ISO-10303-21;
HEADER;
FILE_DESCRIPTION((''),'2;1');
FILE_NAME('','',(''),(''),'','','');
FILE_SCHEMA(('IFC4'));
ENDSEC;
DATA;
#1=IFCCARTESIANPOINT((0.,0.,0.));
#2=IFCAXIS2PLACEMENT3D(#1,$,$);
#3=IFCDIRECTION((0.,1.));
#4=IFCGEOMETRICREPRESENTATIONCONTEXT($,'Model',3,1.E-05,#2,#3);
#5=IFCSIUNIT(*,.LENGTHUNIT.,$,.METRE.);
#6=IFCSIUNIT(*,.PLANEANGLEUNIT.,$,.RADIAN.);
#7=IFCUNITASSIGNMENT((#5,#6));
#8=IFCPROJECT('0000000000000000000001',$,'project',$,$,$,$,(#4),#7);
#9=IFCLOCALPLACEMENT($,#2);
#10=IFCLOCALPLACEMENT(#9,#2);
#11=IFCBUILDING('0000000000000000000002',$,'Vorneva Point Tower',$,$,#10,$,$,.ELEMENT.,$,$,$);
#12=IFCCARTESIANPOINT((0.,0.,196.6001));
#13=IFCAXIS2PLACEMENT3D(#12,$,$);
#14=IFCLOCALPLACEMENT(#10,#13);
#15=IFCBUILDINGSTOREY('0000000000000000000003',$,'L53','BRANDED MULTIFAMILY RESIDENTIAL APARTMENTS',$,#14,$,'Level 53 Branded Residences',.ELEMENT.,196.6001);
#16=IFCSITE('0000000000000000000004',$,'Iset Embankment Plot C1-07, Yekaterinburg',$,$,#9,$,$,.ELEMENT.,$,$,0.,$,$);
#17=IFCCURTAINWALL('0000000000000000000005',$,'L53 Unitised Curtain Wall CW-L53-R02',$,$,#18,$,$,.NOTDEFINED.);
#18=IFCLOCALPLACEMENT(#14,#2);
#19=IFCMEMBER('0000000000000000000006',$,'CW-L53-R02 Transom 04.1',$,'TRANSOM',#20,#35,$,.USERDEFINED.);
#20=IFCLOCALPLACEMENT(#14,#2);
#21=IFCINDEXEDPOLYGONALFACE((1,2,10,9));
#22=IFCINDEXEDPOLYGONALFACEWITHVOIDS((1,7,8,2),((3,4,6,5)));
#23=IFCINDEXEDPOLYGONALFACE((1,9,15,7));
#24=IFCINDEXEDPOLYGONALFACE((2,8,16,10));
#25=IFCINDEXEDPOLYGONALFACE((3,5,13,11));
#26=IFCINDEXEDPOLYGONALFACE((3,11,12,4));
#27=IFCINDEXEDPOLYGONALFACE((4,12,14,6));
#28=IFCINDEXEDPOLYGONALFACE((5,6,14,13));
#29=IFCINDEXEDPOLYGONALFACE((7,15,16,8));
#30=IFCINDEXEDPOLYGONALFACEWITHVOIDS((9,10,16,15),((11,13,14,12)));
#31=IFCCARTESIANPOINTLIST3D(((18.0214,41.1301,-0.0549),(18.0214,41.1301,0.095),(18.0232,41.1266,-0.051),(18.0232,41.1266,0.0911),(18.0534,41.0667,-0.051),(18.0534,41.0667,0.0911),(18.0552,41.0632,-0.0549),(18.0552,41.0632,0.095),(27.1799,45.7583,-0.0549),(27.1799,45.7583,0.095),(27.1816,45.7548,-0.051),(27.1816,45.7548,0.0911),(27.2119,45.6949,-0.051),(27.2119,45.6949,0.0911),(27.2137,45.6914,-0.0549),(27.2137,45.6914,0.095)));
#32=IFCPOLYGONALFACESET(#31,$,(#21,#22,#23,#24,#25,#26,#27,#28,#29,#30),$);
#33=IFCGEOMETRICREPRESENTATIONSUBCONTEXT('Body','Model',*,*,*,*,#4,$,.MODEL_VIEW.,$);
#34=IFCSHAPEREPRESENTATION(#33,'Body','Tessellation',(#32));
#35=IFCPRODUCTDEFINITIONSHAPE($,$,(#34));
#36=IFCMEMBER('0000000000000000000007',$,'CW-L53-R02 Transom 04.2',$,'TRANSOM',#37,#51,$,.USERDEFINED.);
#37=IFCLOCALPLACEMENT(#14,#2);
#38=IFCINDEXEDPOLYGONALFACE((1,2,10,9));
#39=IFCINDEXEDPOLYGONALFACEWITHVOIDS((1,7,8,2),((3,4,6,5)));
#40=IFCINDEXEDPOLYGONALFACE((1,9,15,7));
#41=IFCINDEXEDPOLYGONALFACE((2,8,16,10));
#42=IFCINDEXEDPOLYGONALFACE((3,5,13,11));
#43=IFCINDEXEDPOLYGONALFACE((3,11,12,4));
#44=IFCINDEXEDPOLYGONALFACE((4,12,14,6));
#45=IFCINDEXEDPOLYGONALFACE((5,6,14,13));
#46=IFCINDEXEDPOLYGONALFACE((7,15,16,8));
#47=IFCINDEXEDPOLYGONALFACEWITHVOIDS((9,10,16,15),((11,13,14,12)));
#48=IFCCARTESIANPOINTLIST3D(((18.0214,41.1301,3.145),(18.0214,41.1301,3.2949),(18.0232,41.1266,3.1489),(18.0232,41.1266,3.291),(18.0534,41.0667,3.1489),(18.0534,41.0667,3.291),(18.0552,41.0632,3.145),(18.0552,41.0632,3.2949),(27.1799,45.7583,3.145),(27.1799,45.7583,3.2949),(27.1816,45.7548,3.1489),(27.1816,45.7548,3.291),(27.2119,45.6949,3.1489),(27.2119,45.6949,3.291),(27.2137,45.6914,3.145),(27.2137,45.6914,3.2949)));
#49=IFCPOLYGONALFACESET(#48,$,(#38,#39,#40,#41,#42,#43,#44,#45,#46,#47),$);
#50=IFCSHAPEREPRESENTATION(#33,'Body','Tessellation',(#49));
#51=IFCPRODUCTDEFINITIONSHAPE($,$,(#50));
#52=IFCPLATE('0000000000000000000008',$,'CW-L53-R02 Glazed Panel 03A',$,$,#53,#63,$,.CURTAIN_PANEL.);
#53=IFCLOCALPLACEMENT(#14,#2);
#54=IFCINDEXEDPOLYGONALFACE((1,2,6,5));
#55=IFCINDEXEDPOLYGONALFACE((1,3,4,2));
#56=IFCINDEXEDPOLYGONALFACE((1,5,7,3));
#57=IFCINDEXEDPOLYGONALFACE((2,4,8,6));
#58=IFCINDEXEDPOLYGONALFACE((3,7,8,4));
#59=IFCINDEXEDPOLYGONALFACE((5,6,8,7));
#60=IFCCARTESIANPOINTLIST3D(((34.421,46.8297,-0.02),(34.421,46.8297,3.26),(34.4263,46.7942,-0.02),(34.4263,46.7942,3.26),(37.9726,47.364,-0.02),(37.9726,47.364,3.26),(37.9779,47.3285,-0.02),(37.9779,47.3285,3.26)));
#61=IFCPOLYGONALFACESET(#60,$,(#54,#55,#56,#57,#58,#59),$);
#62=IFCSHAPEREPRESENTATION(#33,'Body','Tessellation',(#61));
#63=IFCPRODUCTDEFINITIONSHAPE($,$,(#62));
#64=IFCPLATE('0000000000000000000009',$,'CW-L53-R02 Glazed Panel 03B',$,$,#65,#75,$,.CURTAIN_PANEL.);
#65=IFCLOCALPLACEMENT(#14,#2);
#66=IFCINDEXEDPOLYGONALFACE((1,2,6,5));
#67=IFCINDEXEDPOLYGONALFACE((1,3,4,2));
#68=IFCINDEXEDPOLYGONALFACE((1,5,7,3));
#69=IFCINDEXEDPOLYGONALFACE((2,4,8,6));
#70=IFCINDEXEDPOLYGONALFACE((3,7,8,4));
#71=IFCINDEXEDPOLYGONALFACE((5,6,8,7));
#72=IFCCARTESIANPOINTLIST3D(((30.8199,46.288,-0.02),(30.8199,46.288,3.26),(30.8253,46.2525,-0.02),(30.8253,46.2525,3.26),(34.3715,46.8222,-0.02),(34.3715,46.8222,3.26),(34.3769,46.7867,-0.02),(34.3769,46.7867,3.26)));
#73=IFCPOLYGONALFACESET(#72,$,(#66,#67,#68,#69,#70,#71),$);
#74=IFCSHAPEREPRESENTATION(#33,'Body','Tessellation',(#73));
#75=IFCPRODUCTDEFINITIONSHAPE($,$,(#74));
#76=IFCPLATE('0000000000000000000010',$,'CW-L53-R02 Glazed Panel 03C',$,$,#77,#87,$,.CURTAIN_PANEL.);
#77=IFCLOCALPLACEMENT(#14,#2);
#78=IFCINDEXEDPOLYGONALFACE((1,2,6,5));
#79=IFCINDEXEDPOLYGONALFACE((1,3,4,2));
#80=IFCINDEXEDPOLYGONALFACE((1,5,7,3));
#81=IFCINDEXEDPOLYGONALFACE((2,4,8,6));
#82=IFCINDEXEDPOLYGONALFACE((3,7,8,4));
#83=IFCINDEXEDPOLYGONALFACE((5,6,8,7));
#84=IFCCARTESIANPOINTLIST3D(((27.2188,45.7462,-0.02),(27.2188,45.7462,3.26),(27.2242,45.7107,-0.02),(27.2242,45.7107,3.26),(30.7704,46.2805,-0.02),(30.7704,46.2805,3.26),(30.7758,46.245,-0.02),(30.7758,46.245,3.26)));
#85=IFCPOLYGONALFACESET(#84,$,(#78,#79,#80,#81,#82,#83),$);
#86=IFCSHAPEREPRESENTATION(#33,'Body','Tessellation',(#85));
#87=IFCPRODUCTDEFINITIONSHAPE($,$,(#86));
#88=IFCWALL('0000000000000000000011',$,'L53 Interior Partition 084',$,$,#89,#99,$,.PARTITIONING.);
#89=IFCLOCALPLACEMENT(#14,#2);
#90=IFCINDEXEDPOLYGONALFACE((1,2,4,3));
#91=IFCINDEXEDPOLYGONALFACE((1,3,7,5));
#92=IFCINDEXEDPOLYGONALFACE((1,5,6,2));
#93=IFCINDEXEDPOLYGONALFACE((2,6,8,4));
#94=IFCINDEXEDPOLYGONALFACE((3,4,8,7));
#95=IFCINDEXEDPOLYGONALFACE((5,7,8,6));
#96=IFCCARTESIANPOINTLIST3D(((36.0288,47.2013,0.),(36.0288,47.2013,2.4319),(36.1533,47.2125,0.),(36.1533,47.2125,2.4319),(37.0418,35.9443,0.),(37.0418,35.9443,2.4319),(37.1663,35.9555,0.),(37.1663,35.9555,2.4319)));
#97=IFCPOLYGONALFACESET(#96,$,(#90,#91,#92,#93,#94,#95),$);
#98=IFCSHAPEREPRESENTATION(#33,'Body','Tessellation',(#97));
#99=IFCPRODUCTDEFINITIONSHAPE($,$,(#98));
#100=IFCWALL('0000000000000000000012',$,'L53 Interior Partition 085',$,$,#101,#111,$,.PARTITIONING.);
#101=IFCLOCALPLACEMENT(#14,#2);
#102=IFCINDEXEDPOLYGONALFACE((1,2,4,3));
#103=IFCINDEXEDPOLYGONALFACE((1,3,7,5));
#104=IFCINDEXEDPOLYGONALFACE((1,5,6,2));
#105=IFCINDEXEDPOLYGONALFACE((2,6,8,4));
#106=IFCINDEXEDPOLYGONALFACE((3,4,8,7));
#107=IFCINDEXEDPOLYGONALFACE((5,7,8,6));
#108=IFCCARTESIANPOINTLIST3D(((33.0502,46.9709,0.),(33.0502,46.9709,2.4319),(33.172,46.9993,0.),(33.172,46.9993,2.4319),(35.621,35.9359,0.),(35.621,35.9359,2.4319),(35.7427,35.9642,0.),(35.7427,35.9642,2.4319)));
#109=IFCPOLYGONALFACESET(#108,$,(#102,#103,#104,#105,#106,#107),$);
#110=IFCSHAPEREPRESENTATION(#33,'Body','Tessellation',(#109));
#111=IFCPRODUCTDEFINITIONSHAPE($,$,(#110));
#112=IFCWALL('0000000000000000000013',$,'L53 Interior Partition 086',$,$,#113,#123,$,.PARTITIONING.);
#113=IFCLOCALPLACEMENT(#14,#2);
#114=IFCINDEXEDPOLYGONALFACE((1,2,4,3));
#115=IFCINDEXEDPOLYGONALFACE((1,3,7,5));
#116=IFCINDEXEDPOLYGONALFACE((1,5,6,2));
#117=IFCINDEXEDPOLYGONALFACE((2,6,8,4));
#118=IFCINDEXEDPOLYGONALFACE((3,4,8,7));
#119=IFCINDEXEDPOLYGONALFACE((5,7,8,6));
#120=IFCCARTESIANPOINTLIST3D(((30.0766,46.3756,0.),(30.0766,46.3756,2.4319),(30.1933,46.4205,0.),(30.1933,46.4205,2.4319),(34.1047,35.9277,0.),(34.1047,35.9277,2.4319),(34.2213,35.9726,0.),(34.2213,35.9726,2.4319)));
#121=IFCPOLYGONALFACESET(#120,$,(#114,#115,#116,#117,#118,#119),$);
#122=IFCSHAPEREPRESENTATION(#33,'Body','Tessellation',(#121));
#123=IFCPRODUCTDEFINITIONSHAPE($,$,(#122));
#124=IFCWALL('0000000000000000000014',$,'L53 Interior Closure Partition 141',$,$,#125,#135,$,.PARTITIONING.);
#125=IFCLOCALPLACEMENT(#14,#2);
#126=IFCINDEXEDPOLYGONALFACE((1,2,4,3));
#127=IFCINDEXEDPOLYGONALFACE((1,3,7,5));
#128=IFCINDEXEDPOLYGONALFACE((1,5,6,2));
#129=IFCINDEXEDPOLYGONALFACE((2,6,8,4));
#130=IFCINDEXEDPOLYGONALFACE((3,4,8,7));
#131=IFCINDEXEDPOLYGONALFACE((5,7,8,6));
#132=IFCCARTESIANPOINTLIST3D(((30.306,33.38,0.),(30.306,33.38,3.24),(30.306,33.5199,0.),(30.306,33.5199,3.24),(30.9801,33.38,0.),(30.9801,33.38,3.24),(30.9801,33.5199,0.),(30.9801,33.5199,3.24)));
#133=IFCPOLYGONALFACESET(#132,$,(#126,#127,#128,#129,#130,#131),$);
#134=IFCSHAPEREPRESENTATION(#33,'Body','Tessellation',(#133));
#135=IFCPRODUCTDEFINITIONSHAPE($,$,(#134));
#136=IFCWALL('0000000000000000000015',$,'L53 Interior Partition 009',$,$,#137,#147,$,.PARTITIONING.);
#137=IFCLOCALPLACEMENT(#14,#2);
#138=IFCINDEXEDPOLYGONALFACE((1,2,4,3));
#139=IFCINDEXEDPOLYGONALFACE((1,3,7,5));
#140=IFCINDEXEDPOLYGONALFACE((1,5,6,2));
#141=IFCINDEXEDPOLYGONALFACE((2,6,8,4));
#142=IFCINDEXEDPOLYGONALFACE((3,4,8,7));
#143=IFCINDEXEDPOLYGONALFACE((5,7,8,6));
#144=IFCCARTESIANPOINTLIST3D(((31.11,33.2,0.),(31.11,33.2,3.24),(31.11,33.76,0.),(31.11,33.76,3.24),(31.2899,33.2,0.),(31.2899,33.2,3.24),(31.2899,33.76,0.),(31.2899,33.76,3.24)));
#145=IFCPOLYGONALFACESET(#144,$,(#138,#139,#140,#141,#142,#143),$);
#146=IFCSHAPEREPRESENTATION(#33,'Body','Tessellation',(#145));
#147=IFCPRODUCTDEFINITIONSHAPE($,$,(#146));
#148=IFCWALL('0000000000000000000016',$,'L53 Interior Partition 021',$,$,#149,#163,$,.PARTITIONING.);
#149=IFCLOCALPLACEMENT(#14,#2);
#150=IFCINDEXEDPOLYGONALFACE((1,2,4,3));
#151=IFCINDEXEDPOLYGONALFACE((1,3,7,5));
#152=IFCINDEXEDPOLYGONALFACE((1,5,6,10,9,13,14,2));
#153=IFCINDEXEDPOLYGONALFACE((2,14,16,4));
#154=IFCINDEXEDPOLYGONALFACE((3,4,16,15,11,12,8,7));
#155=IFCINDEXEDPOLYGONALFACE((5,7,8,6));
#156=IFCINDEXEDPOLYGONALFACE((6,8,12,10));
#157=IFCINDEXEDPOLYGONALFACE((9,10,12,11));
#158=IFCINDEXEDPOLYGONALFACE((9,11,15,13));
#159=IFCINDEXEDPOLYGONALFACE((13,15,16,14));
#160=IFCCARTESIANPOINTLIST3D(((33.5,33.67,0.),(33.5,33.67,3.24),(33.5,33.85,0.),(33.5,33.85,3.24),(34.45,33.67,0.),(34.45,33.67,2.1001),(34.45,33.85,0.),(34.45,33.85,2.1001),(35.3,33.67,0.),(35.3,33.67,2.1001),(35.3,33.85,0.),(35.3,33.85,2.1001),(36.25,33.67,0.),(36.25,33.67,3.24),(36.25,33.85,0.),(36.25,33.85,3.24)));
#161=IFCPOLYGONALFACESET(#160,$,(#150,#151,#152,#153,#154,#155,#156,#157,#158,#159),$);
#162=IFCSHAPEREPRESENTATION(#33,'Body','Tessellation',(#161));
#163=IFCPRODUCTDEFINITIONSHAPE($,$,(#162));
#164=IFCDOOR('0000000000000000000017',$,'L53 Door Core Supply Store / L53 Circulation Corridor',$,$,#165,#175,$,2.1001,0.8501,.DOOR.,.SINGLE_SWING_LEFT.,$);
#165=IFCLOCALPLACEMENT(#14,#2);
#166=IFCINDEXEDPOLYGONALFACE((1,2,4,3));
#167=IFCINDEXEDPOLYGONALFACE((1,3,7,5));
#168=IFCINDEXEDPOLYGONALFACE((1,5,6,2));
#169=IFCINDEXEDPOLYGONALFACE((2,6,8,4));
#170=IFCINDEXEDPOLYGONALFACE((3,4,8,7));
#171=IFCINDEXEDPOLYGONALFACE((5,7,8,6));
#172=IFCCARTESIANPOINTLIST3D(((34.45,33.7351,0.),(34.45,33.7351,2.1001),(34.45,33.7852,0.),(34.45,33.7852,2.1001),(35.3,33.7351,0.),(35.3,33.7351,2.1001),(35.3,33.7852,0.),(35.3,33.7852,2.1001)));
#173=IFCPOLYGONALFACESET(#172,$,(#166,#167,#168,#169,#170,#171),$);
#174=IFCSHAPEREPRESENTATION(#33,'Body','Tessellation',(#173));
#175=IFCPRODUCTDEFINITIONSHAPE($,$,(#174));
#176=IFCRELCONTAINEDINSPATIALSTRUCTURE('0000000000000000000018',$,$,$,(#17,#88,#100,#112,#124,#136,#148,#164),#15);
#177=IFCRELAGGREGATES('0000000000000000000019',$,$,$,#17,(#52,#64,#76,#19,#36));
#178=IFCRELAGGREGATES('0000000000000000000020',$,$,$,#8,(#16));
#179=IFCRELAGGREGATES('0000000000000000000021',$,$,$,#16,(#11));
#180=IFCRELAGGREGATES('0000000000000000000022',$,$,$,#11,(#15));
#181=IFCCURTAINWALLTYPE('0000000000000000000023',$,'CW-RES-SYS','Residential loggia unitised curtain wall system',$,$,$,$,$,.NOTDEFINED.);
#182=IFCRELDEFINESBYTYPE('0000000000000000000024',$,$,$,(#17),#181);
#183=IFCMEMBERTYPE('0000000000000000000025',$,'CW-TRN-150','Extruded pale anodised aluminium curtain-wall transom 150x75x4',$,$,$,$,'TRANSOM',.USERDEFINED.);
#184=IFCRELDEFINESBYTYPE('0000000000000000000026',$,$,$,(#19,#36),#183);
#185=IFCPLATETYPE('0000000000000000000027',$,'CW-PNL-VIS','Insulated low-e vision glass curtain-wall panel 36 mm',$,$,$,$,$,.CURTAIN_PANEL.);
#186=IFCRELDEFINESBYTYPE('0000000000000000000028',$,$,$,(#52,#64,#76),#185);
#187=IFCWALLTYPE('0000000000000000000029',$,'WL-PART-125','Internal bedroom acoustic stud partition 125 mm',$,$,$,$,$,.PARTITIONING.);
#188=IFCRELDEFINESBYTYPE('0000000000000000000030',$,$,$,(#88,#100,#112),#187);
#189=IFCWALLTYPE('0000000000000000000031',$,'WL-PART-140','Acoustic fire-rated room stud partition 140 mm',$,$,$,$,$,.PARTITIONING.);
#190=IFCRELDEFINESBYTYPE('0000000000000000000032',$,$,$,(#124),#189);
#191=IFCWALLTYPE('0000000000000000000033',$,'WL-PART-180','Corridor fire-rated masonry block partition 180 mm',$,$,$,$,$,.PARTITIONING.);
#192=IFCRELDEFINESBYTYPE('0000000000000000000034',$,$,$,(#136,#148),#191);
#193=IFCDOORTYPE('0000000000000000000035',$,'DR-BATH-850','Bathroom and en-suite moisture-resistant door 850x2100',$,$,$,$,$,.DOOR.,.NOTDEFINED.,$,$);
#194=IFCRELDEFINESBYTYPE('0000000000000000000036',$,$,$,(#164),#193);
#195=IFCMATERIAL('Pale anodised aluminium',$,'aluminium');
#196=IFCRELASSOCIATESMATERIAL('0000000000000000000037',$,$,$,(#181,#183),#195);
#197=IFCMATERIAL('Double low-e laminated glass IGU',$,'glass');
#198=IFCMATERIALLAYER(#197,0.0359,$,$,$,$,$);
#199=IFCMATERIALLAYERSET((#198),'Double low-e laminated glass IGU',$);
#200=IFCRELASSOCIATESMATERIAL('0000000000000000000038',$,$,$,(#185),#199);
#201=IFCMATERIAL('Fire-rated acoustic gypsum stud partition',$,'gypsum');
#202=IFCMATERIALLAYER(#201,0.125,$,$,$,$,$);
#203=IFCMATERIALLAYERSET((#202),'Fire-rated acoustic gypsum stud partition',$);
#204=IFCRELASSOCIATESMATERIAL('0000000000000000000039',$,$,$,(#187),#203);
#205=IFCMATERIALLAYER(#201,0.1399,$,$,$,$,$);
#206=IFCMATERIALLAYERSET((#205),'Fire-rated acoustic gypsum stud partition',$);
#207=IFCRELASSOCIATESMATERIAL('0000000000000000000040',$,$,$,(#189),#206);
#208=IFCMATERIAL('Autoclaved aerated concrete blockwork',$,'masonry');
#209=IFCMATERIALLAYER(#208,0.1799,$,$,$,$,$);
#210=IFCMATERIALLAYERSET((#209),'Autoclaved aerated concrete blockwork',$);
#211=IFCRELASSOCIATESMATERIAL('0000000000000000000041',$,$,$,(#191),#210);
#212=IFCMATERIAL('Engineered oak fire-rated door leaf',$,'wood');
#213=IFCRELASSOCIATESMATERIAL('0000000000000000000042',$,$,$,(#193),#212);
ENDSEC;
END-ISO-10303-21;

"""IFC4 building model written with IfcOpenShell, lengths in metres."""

from ifc_helpers import new_model, si_unit, direction, frame, frame_2d, origin, origin_2d, place, context, subcontext, project, spatial, rectangle, hollow_rectangle, extrude, material, layer, layer_set, material_profile, profile_set, type_object, element, fill, aggregate, save


model = new_model("IFC4")

# Units and contexts
model_context = context("Model", 3, precision=1e-05, world=origin(), true_north=direction((0.0, 1.0)))
body_context = subcontext(model_context, "Body", "Model", "MODEL_VIEW")
ifc_project = project(units=[si_unit("LENGTHUNIT", "METRE"), si_unit("PLANEANGLEUNIT", "RADIAN")], contexts=[model_context])

# Site, building, storey
site_placement = place(None, origin())
site = spatial("IfcSite", under=ifc_project, at=site_placement, Name="Iset Embankment Plot C1-07, Yekaterinburg", CompositionType="ELEMENT", RefElevation=0.0)
building_placement = place(site_placement, origin())
building = spatial("IfcBuilding", under=site, at=building_placement, Name="Vorneva Point Tower", CompositionType="ELEMENT")
storey_placement = place(building_placement, frame((0.0, 0.0, 196.6001)))
storey = spatial("IfcBuildingStorey", under=building, at=storey_placement, Name="L53", Description="BRANDED MULTIFAMILY RESIDENTIAL APARTMENTS", LongName="Level 53 Branded Residences", CompositionType="ELEMENT", Elevation=196.6001)

# Curtain wall, members, plates
ifc_material_1 = material(Name="Pale anodised aluminium", Category="aluminium")
curtain_wall_type = type_object("IfcCurtainWallType", Name="CW-RES-SYS", Description="Residential loggia unitised curtain wall system", PredefinedType="NOTDEFINED", material=ifc_material_1)
curtain_wall_placement = place(storey_placement, origin())
curtain_wall = element("IfcCurtainWall", 1, at=curtain_wall_placement, inside=storey, type_object=curtain_wall_type, Name="L53 Unitised Curtain Wall CW-L53-R02", PredefinedType="NOTDEFINED")
ifc_material_profile_1 = material_profile(ifc_material_1, hollow_rectangle(XDim=0.075, YDim=0.1499, WallThickness=0.0039, at=origin_2d()), Name="AL-TRN 150x75x4")
ifc_profile_set_1 = profile_set([ifc_material_profile_1], Name="Pale anodised aluminium")
member_type_1 = type_object("IfcMemberType", Name="CW-TRN-150", Description="Extruded pale anodised aluminium curtain-wall transom 150x75x4", ElementType="TRANSOM", PredefinedType="USERDEFINED", material=ifc_profile_set_1)
member_1_placement = place(storey_placement, frame((27.1968, 45.7249, 0.02), z_axis=(-0.892511, -0.451026, 0.0), x_axis=(0.451026, -0.892511, 0.0)))
member_1 = element("IfcMember", 2, at=member_1_placement, type_object=member_type_1, Name="CW-L53-R02 Transom 04.1", ObjectType="TRANSOM", PredefinedType="USERDEFINED", context=body_context, shape_type="SweptSolid", body=[
    extrude(hollow_rectangle(XDim=0.075, YDim=0.1499, WallThickness=0.0039, at=origin_2d()), origin(), (0.0, 0.0, 1.0), 10.2615),
])
member_2_placement = place(storey_placement, frame((27.1968, 45.7249, 3.22), z_axis=(-0.892511, -0.451026, 0.0), x_axis=(0.451026, -0.892511, 0.0)))
member_2 = element("IfcMember", 3, at=member_2_placement, type_object=member_type_1, Name="CW-L53-R02 Transom 04.2", ObjectType="TRANSOM", PredefinedType="USERDEFINED", context=body_context, shape_type="SweptSolid", body=[
    extrude(hollow_rectangle(XDim=0.075, YDim=0.1499, WallThickness=0.0039, at=origin_2d()), origin(), (0.0, 0.0, 1.0), 10.2615),
])
ifc_material_2 = material(Name="Double low-e laminated glass IGU", Category="glass")
ifc_layer_1 = layer(ifc_material_2, 0.0359)
ifc_layer_set_1 = layer_set([ifc_layer_1], Name="Double low-e laminated glass IGU")
plate_type = type_object("IfcPlateType", Name="CW-PNL-VIS", Description="Insulated low-e vision glass curtain-wall panel 36 mm", PredefinedType="CURTAIN_PANEL", material=ifc_layer_set_1)
plate_1_placement = place(storey_placement, frame((36.1995, 47.0791, -0.02), z_axis=(0.0, 0.0, 1.0), x_axis=(-0.988874, -0.148759, 0.0)))
plate_1 = element("IfcPlate", 4, at=plate_1_placement, type_object=plate_type, Name="CW-L53-R02 Glazed Panel 03A", PredefinedType="CURTAIN_PANEL", context=body_context, shape_type="SweptSolid", body=[
    extrude(rectangle(XDim=3.5916, YDim=0.0359, at=origin_2d()), origin(), (0.0, 0.0, 1.0), 3.28),
])
plate_2_placement = place(storey_placement, frame((32.5984, 46.5374, -0.02), z_axis=(0.0, 0.0, 1.0), x_axis=(-0.988874, -0.148759, 0.0)))
plate_2 = element("IfcPlate", 5, at=plate_2_placement, type_object=plate_type, Name="CW-L53-R02 Glazed Panel 03B", PredefinedType="CURTAIN_PANEL", context=body_context, shape_type="SweptSolid", body=[
    extrude(rectangle(XDim=3.5916, YDim=0.0359, at=origin_2d()), origin(), (0.0, 0.0, 1.0), 3.28),
])
plate_3_placement = place(storey_placement, frame((28.9973, 45.9956, -0.02), z_axis=(0.0, 0.0, 1.0), x_axis=(-0.988874, -0.148759, 0.0)))
plate_3 = element("IfcPlate", 6, at=plate_3_placement, type_object=plate_type, Name="CW-L53-R02 Glazed Panel 03C", PredefinedType="CURTAIN_PANEL", context=body_context, shape_type="SweptSolid", body=[
    extrude(rectangle(XDim=3.5916, YDim=0.0359, at=origin_2d()), origin(), (0.0, 0.0, 1.0), 3.28),
])
aggregate(curtain_wall, [plate_1, plate_2, plate_3, member_1, member_2])

# Walls
ifc_material_3 = material(Name="Fire-rated acoustic gypsum stud partition", Category="gypsum")
ifc_layer_2 = layer(ifc_material_3, 0.125)
ifc_layer_set_2 = layer_set([ifc_layer_2], Name="Fire-rated acoustic gypsum stud partition")
wall_type_1 = type_object("IfcWallType", Name="WL-PART-125", Description="Internal bedroom acoustic stud partition 125 mm", PredefinedType="PARTITIONING", material=ifc_layer_set_2)
wall_1_placement = place(storey_placement, frame((36.0911, 47.207, 0.0), z_axis=(0.0, 0.0, 1.0), x_axis=(0.08962, -0.995976, 0.0)))
element("IfcWall", 7, at=wall_1_placement, inside=storey, type_object=wall_type_1, Name="L53 Interior Partition 084", PredefinedType="PARTITIONING", context=body_context, shape_type="SweptSolid", body=[
    extrude(rectangle(XDim=11.3025, YDim=0.125, at=frame_2d((5.6514, 0.0))), origin(), (0.0, 0.0, 1.0), 2.4319),
])
wall_2_placement = place(storey_placement, frame((33.1111, 46.9851, 0.0), z_axis=(0.0, 0.0, 1.0), x_axis=(0.226889, -0.973921, 0.0)))
element("IfcWall", 8, at=wall_2_placement, inside=storey, type_object=wall_type_1, Name="L53 Interior Partition 085", PredefinedType="PARTITIONING", context=body_context, shape_type="SweptSolid", body=[
    extrude(rectangle(XDim=11.3306, YDim=0.125, at=frame_2d((5.6653, 0.0))), origin(), (0.0, 0.0, 1.0), 2.4319),
])
wall_3_placement = place(storey_placement, frame((30.135, 46.3979, 0.0), z_axis=(0.0, 0.0, 1.0), x_axis=(0.359727, -0.933058, 0.0)))
element("IfcWall", 9, at=wall_3_placement, inside=storey, type_object=wall_type_1, Name="L53 Interior Partition 086", PredefinedType="PARTITIONING", context=body_context, shape_type="SweptSolid", body=[
    extrude(rectangle(XDim=11.1975, YDim=0.125, at=frame_2d((5.5986, 0.0))), origin(), (0.0, 0.0, 1.0), 2.4319),
])
ifc_layer_3 = layer(ifc_material_3, 0.1399)
ifc_layer_set_3 = layer_set([ifc_layer_3], Name="Fire-rated acoustic gypsum stud partition")
wall_type_2 = type_object("IfcWallType", Name="WL-PART-140", Description="Acoustic fire-rated room stud partition 140 mm", PredefinedType="PARTITIONING", material=ifc_layer_set_3)
wall_4_placement = place(storey_placement, frame((30.98, 33.45, 0.0), z_axis=(0.0, 0.0, 1.0), x_axis=(-1.0, 0.0, 0.0)))
element("IfcWall", 10, at=wall_4_placement, inside=storey, type_object=wall_type_2, Name="L53 Interior Closure Partition 141", PredefinedType="PARTITIONING", context=body_context, shape_type="SweptSolid", body=[
    extrude(rectangle(XDim=0.6741, YDim=0.1399, at=frame_2d((0.3369, 0.0))), origin(), (0.0, 0.0, 1.0), 3.24),
])

# Shared definitions
ifc_material_4 = material(Name="Autoclaved aerated concrete blockwork", Category="masonry")
ifc_layer_4 = layer(ifc_material_4, 0.1799)
ifc_layer_set_4 = layer_set([ifc_layer_4], Name="Autoclaved aerated concrete blockwork")
wall_type_3 = type_object("IfcWallType", Name="WL-PART-180", Description="Corridor fire-rated masonry block partition 180 mm", PredefinedType="PARTITIONING", material=ifc_layer_set_4)

# Wall
wall_5_placement = place(storey_placement, frame((31.2, 33.76, 0.0), z_axis=(0.0, 0.0, 1.0), x_axis=(0.0, -1.0, 0.0)))
element("IfcWall", 11, at=wall_5_placement, inside=storey, type_object=wall_type_3, Name="L53 Interior Partition 009", PredefinedType="PARTITIONING", context=body_context, shape_type="SweptSolid", body=[
    extrude(rectangle(XDim=0.5601, YDim=0.1799, at=frame_2d((0.28, 0.0))), origin(), (0.0, 0.0, 1.0), 3.24),
])

# Wall, opening, door
wall_6_placement = place(storey_placement, frame((36.25, 33.76, 0.0), z_axis=(0.0, 0.0, 1.0), x_axis=(-1.0, 0.0, 0.0)))
wall_6 = element("IfcWall", 12, at=wall_6_placement, inside=storey, type_object=wall_type_3, Name="L53 Interior Partition 021", PredefinedType="PARTITIONING", context=body_context, shape_type="SweptSolid", body=[
    extrude(rectangle(XDim=2.75, YDim=0.1799, at=frame_2d((1.375, 0.0))), origin(), (0.0, 0.0, 1.0), 3.24),
])
opening_1_placement = place(wall_6_placement, frame((0.95, 0.0, 0.0)))
opening_1 = element("IfcOpeningElement", 13, at=opening_1_placement, cuts=wall_6, PredefinedType="OPENING", context=body_context, shape_type="SweptSolid", body=[
    extrude(rectangle(XDim=0.8501, YDim=2.1001, at=frame_2d((0.425, 1.05))), frame((0.0, 0.105, 0.0), z_axis=(0.0, -1.0, 0.0), x_axis=(1.0, 0.0, 0.0)), (0.0, 0.0, 1.0), 0.2097),
])
ifc_material_5 = material(Name="Engineered oak fire-rated door leaf", Category="wood")
door_type_1 = type_object("IfcDoorType", Name="DR-BATH-850", Description="Bathroom and en-suite moisture-resistant door 850x2100", OperationType="NOTDEFINED", PredefinedType="DOOR", material=ifc_material_5)
door_1_placement = place(opening_1_placement, origin())
door_1 = element("IfcDoor", 14, at=door_1_placement, inside=storey, type_object=door_type_1, Name="L53 Door Core Supply Store / L53 Circulation Corridor", OperationType="SINGLE_SWING_LEFT", OverallHeight=2.1001, OverallWidth=0.8501, PredefinedType="DOOR", context=body_context, shape_type="SweptSolid", body=[
    extrude(rectangle(XDim=0.8501, YDim=2.1001, at=frame_2d((0.425, 1.05))), frame((0.0, 0.0249, 0.0), z_axis=(0.0, -1.0, 0.0), x_axis=(1.0, 0.0, 0.0)), (0.0, 0.0, 1.0), 0.05),
])
fill(opening_1, door_1)

save(model, "model.ifc")
